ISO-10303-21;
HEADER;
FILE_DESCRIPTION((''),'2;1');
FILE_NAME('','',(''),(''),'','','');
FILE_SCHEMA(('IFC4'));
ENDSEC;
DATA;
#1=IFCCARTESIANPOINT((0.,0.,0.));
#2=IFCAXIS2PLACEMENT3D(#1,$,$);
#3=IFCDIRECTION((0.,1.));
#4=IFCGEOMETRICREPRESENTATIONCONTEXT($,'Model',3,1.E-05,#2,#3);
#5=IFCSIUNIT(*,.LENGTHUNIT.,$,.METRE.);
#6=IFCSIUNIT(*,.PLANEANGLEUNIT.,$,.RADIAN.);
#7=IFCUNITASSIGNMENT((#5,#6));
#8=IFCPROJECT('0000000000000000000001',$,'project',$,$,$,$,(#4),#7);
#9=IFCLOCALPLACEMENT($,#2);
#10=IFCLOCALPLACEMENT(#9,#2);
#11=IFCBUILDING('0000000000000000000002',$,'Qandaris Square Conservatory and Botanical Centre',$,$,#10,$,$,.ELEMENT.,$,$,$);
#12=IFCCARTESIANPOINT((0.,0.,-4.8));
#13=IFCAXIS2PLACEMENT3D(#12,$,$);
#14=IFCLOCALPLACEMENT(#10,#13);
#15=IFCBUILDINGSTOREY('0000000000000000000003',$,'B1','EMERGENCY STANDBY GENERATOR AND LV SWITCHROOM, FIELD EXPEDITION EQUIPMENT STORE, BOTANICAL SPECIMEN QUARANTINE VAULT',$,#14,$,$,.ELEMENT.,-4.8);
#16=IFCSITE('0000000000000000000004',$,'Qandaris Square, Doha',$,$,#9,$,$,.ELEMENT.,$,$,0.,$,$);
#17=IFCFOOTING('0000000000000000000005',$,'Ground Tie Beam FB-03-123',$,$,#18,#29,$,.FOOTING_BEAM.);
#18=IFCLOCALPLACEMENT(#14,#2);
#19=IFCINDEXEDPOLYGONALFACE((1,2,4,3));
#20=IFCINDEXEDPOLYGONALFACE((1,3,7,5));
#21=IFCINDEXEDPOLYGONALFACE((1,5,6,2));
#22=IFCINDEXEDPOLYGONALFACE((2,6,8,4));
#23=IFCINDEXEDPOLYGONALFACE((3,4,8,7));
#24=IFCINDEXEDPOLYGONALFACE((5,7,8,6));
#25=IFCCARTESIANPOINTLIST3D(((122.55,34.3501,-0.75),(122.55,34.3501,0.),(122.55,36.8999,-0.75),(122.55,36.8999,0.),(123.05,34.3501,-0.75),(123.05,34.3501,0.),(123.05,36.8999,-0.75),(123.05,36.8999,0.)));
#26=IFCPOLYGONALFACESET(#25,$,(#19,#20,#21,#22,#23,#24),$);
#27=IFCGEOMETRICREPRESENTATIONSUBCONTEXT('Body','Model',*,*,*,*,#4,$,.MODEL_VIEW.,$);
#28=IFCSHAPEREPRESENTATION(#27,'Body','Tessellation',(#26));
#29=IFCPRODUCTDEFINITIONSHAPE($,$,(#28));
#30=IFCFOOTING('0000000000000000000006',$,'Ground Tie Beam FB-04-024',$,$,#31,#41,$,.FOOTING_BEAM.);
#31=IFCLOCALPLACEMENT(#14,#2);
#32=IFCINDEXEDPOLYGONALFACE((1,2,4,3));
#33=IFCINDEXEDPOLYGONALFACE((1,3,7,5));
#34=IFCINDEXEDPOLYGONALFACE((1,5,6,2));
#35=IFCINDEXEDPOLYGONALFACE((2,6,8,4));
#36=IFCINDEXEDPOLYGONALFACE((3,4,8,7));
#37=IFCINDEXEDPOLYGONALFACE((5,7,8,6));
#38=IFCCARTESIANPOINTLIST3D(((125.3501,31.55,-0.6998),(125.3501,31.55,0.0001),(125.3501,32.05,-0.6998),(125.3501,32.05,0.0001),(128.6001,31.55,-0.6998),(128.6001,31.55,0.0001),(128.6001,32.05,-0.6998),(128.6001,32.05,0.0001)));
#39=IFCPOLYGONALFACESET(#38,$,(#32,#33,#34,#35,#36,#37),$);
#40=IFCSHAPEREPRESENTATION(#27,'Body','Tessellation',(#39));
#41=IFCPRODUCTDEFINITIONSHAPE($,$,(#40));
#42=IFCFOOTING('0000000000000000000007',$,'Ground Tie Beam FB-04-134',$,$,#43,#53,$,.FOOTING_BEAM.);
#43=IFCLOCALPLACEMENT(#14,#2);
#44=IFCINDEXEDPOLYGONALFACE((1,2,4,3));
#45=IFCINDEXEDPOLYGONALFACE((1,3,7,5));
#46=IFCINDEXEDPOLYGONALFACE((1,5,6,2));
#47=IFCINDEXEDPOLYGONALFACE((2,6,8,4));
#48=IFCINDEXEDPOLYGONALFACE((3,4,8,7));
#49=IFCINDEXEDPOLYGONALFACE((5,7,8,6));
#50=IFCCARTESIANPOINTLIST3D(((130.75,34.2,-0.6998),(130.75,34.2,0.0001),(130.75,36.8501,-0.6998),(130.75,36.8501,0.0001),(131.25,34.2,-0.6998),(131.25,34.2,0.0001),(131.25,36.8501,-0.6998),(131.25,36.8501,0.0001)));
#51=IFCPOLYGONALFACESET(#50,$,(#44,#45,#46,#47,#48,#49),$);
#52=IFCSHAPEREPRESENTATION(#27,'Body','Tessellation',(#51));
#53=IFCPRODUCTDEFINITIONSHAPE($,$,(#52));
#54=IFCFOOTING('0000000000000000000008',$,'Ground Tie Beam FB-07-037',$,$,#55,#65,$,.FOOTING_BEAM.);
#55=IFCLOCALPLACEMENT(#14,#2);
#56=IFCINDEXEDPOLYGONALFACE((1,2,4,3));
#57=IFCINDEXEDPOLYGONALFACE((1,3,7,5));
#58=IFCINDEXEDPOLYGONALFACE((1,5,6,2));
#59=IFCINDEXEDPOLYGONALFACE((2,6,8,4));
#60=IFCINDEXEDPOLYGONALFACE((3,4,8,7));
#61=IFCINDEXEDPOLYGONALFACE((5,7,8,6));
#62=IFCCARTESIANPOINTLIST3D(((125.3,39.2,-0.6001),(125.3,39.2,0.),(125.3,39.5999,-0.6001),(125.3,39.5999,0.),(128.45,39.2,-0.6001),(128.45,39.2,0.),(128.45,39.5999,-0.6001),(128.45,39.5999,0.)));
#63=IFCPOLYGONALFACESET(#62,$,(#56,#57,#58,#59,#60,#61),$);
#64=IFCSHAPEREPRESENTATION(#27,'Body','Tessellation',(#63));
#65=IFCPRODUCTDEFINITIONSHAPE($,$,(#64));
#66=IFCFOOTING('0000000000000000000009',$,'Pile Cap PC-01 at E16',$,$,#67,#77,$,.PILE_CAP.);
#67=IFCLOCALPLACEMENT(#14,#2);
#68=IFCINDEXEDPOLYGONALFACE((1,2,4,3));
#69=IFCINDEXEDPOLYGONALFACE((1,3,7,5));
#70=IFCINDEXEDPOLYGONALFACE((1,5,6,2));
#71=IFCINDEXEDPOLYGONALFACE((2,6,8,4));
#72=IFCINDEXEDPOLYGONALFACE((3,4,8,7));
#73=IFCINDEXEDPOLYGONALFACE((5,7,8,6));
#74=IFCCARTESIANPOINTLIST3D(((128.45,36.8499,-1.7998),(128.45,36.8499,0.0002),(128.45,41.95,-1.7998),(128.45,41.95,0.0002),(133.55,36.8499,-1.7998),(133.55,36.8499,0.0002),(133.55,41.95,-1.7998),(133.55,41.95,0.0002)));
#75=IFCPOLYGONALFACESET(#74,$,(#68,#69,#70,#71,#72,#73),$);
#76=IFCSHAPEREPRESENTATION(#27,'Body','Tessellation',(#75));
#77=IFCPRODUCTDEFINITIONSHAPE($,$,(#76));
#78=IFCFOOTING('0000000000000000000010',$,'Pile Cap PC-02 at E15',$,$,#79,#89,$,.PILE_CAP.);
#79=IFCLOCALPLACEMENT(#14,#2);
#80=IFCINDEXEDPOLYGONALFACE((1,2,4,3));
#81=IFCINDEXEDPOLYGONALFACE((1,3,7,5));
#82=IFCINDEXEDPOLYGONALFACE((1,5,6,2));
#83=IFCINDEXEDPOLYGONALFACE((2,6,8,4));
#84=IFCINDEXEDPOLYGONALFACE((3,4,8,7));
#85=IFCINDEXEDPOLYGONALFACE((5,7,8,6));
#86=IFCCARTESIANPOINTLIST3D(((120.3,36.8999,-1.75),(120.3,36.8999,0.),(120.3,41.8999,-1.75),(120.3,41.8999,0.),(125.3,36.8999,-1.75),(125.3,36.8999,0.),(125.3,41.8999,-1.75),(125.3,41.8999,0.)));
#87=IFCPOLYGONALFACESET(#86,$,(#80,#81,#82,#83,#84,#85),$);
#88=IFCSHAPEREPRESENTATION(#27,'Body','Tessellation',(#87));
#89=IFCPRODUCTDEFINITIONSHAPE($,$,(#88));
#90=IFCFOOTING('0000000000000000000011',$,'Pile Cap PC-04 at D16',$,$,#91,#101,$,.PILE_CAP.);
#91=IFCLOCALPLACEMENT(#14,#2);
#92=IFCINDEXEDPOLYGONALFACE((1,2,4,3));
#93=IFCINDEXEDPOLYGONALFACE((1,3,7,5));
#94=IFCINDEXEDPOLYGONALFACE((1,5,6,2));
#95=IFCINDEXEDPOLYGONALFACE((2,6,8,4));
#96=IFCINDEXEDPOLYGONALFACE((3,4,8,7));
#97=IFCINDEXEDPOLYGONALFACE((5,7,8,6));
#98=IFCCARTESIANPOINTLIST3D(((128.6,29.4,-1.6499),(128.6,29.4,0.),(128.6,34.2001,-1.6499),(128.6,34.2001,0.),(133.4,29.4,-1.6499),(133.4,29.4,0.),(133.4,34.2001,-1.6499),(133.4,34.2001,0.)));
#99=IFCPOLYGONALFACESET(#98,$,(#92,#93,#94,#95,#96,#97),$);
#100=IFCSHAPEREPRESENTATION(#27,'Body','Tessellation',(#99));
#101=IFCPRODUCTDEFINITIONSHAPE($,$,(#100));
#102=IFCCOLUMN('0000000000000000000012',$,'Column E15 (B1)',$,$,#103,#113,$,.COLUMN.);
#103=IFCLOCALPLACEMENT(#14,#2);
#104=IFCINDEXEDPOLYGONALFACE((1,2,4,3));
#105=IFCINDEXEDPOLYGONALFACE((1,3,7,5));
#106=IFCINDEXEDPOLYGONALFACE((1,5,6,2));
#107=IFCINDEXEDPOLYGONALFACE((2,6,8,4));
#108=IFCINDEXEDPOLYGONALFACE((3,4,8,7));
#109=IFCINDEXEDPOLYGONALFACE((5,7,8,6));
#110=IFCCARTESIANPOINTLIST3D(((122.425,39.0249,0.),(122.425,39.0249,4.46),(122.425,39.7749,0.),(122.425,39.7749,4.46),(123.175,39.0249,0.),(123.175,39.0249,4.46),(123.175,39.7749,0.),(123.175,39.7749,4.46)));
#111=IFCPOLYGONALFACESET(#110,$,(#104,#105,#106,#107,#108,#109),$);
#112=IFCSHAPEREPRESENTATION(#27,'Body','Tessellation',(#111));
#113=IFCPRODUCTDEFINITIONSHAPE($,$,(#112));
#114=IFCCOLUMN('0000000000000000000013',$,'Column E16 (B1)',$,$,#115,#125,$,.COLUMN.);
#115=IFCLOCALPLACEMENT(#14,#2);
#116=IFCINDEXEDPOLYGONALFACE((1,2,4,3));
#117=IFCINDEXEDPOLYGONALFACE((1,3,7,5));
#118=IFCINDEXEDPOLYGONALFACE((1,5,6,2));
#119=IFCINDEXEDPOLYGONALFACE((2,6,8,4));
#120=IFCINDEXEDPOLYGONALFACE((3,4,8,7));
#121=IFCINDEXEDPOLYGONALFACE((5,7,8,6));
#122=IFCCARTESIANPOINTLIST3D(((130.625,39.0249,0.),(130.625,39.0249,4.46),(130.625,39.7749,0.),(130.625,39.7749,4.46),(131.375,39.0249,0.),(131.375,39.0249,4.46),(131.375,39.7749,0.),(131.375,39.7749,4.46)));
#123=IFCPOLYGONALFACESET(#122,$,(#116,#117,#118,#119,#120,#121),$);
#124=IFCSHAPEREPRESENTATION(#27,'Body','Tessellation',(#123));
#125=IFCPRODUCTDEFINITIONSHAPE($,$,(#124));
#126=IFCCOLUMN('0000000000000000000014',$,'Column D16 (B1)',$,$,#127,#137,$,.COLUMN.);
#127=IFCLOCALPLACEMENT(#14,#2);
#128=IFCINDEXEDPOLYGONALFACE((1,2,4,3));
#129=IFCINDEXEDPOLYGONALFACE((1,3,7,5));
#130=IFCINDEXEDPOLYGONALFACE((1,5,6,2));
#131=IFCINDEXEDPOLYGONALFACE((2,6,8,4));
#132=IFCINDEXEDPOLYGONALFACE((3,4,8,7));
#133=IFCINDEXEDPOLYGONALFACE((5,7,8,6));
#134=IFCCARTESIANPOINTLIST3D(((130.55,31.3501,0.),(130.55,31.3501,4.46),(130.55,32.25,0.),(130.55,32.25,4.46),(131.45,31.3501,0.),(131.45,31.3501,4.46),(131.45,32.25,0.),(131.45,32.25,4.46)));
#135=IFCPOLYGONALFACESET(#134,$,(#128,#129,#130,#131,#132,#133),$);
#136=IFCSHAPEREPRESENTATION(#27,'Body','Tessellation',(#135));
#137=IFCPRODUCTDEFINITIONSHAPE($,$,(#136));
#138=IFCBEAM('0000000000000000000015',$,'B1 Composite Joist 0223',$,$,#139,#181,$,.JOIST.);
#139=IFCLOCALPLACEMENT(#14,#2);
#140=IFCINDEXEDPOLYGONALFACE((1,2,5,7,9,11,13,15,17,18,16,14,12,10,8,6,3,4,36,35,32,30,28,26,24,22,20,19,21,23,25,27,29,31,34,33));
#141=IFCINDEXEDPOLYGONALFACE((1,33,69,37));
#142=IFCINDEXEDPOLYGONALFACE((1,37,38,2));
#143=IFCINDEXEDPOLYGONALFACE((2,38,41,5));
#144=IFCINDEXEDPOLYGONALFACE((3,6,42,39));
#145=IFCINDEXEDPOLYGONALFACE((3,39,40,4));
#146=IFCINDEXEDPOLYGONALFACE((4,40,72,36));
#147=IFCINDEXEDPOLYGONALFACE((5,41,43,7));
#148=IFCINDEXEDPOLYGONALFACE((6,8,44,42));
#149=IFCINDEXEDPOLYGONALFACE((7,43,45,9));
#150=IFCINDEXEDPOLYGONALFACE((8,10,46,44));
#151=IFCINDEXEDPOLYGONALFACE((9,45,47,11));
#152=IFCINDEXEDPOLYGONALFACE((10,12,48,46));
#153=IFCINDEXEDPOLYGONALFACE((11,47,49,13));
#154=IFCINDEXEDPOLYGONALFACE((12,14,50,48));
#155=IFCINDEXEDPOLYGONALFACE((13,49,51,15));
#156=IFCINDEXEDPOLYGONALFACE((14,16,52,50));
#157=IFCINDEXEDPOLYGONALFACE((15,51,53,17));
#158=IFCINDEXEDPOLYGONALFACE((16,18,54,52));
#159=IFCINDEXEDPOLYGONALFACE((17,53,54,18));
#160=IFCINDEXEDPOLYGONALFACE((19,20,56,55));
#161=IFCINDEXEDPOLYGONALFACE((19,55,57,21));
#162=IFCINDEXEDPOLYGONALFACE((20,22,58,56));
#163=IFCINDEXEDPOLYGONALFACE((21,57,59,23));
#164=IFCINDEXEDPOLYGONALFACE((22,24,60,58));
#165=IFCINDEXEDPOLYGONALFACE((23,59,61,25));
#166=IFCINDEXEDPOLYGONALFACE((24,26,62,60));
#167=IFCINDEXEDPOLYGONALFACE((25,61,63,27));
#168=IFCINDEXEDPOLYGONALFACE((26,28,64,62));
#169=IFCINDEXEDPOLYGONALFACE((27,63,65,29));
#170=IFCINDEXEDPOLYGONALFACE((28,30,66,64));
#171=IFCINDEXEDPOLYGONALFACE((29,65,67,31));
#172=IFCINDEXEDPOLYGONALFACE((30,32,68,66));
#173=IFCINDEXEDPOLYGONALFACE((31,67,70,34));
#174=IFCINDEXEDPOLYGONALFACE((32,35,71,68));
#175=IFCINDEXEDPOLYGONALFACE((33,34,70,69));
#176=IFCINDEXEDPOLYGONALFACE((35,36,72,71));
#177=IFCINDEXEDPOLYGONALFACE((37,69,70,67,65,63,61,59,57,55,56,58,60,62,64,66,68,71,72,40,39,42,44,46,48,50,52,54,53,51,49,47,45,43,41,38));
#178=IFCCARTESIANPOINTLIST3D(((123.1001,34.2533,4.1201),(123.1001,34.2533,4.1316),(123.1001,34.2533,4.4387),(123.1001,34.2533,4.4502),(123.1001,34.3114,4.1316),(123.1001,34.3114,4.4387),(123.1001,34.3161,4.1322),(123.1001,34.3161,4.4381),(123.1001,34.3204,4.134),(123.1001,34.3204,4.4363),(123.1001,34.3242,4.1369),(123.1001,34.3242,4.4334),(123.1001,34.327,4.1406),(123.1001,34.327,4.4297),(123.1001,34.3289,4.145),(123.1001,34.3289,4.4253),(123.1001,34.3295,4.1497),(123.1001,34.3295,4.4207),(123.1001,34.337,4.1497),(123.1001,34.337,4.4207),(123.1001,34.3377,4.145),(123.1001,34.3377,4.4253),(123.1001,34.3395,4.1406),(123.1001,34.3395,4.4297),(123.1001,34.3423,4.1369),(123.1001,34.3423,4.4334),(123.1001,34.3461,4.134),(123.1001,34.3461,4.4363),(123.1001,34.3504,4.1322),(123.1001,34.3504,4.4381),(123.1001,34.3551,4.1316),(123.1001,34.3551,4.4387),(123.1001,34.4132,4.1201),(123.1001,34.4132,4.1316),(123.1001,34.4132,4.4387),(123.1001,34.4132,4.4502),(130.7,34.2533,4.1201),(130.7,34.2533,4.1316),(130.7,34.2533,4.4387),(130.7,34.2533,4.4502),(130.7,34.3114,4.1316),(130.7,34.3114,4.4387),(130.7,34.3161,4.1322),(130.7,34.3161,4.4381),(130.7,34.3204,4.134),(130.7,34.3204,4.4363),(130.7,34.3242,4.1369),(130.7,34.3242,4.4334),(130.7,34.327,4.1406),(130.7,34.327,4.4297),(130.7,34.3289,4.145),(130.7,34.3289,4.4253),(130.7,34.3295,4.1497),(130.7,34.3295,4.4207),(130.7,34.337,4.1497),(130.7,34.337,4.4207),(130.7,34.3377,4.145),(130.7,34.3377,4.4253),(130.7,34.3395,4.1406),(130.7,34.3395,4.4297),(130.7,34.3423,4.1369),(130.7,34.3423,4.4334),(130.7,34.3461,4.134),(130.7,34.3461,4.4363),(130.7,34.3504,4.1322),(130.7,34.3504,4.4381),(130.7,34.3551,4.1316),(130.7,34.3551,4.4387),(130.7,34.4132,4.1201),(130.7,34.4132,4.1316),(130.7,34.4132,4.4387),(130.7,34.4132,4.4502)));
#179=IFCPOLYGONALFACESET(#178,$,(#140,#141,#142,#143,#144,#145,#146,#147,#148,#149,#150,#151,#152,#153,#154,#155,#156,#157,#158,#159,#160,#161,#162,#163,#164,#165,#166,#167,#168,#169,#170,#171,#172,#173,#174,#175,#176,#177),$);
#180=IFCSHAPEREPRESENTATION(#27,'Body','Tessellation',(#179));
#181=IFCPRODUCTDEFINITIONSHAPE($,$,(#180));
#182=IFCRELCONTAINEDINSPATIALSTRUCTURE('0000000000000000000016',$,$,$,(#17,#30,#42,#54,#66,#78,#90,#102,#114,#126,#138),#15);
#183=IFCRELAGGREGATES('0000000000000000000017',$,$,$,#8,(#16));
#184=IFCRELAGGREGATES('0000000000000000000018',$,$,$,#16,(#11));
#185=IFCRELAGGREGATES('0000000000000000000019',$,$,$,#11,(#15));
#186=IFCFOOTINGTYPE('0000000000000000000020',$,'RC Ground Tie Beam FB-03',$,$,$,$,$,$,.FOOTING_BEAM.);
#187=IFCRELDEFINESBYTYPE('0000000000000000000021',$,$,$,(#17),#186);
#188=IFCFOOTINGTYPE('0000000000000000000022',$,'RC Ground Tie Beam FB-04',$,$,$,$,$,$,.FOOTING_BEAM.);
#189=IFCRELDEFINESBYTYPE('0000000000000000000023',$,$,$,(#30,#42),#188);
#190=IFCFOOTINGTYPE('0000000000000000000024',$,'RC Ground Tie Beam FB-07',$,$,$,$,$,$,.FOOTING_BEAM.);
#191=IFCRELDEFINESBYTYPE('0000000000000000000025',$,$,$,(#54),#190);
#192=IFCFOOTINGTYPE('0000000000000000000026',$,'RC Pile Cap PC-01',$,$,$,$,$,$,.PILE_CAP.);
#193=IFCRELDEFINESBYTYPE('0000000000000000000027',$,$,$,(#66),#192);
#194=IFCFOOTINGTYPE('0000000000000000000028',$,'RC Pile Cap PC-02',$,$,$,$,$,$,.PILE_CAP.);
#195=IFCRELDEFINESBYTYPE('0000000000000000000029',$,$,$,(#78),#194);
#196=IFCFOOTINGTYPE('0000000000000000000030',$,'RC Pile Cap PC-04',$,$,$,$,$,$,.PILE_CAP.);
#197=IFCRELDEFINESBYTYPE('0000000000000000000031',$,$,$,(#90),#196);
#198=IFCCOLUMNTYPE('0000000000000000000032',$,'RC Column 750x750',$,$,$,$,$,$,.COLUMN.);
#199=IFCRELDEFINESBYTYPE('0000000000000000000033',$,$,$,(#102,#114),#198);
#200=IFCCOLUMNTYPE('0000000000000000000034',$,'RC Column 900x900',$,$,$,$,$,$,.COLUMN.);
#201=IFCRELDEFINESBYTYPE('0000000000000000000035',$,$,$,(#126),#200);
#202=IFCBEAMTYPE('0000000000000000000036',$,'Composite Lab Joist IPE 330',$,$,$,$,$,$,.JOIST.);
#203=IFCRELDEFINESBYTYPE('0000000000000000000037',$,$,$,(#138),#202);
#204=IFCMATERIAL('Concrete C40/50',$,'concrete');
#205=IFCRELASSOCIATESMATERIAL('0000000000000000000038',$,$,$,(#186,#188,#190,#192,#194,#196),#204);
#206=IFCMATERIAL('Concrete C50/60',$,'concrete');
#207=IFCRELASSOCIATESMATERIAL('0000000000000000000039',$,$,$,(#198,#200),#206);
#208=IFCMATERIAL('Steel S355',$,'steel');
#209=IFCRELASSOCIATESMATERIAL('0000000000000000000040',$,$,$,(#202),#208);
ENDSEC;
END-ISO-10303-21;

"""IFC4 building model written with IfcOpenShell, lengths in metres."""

from ifc_helpers import new_model, si_unit, direction, frame, origin, origin_2d, place, context, subcontext, project, spatial, rectangle, i_section, extrude, material, material_profile, profile_set, type_object, element, save


model = new_model("IFC4")

# Units and contexts
model_context = context("Model", 3, precision=1e-05, world=origin(), true_north=direction((0.0, 1.0)))
body_context = subcontext(model_context, "Body", "Model", "MODEL_VIEW")
ifc_project = project(units=[si_unit("LENGTHUNIT", "METRE"), si_unit("PLANEANGLEUNIT", "RADIAN")], contexts=[model_context])

# Site, building, storey
site_placement = place(None, origin())
site = spatial("IfcSite", under=ifc_project, at=site_placement, Name="Qandaris Square, Doha", CompositionType="ELEMENT", RefElevation=0.0)
building_placement = place(site_placement, origin())
building = spatial("IfcBuilding", under=site, at=building_placement, Name="Qandaris Square Conservatory and Botanical Centre", CompositionType="ELEMENT")
storey_placement = place(building_placement, frame((0.0, 0.0, -4.8)))
storey = spatial("IfcBuildingStorey", under=building, at=storey_placement, Name="B1", Description="EMERGENCY STANDBY GENERATOR AND LV SWITCHROOM, FIELD EXPEDITION EQUIPMENT STORE, BOTANICAL SPECIMEN QUARANTINE VAULT", CompositionType="ELEMENT", Elevation=-4.8)

# Shared definitions
ifc_material_1 = material(Name="Concrete C50/60", Category="concrete")

# Footings
ifc_material_2 = material(Name="Concrete C40/50", Category="concrete")
ifc_material_profile_1 = material_profile(ifc_material_2, rectangle(XDim=0.5, YDim=0.75, at=origin_2d()), Name="FB 500x750")
ifc_profile_set_1 = profile_set([ifc_material_profile_1], Name="Concrete C40/50")
footing_type_1 = type_object("IfcFootingType", Name="RC Ground Tie Beam FB-03", PredefinedType="FOOTING_BEAM", material=ifc_profile_set_1)
footing_1_placement = place(storey_placement, frame((122.8, 34.3501, -0.375), z_axis=(0.0, 1.0, 0.0), x_axis=(-1.0, 0.0, 0.0)))
element("IfcFooting", 1, at=footing_1_placement, inside=storey, type_object=footing_type_1, Name="Ground Tie Beam FB-03-123", PredefinedType="FOOTING_BEAM", context=body_context, shape_type="SweptSolid", body=[
    extrude(rectangle(XDim=0.5, YDim=0.75, at=origin_2d()), origin(), (0.0, 0.0, 1.0), 2.5498),
])
ifc_material_profile_2 = material_profile(ifc_material_2, rectangle(XDim=0.5, YDim=0.7, at=origin_2d()), Name="FB 500x700")
ifc_profile_set_2 = profile_set([ifc_material_profile_2], Name="Concrete C40/50")
footing_type_2 = type_object("IfcFootingType", Name="RC Ground Tie Beam FB-04", PredefinedType="FOOTING_BEAM", material=ifc_profile_set_2)
footing_2_placement = place(storey_placement, frame((125.3501, 31.8, -0.3499), z_axis=(1.0, 0.0, 0.0), x_axis=(0.0, 1.0, 0.0)))
element("IfcFooting", 2, at=footing_2_placement, inside=storey, type_object=footing_type_2, Name="Ground Tie Beam FB-04-024", PredefinedType="FOOTING_BEAM", context=body_context, shape_type="SweptSolid", body=[
    extrude(rectangle(XDim=0.5, YDim=0.7, at=origin_2d()), origin(), (0.0, 0.0, 1.0), 3.25),
])
footing_3_placement = place(storey_placement, frame((131.0, 34.2, -0.3499), z_axis=(0.0, 1.0, 0.0), x_axis=(-1.0, 0.0, 0.0)))
element("IfcFooting", 3, at=footing_3_placement, inside=storey, type_object=footing_type_2, Name="Ground Tie Beam FB-04-134", PredefinedType="FOOTING_BEAM", context=body_context, shape_type="SweptSolid", body=[
    extrude(rectangle(XDim=0.5, YDim=0.7, at=origin_2d()), origin(), (0.0, 0.0, 1.0), 2.6501),
])
ifc_material_profile_3 = material_profile(ifc_material_2, rectangle(XDim=0.3999, YDim=0.6001, at=origin_2d()), Name="FB 400x600")
ifc_profile_set_3 = profile_set([ifc_material_profile_3], Name="Concrete C40/50")
footing_type_3 = type_object("IfcFootingType", Name="RC Ground Tie Beam FB-07", PredefinedType="FOOTING_BEAM", material=ifc_profile_set_3)
footing_4_placement = place(storey_placement, frame((125.3, 39.3999, -0.3), z_axis=(1.0, 0.0, 0.0), x_axis=(0.0, 1.0, 0.0)))
element("IfcFooting", 4, at=footing_4_placement, inside=storey, type_object=footing_type_3, Name="Ground Tie Beam FB-07-037", PredefinedType="FOOTING_BEAM", context=body_context, shape_type="SweptSolid", body=[
    extrude(rectangle(XDim=0.3999, YDim=0.6001, at=origin_2d()), origin(), (0.0, 0.0, 1.0), 3.1499),
])
footing_type_4 = type_object("IfcFootingType", Name="RC Pile Cap PC-01", PredefinedType="PILE_CAP", material=ifc_material_2)
footing_5_placement = place(storey_placement, frame((131.0, 39.3999, -1.7998), z_axis=(0.0, 0.0, 1.0), x_axis=(1.0, 0.0, 0.0)))
element("IfcFooting", 5, at=footing_5_placement, inside=storey, type_object=footing_type_4, Name="Pile Cap PC-01 at E16", PredefinedType="PILE_CAP", context=body_context, shape_type="SweptSolid", body=[
    extrude(rectangle(XDim=5.1001, YDim=5.1001, at=origin_2d()), origin(), (0.0, 0.0, 1.0), 1.8),
])
footing_type_5 = type_object("IfcFootingType", Name="RC Pile Cap PC-02", PredefinedType="PILE_CAP", material=ifc_material_2)
footing_6_placement = place(storey_placement, frame((122.8, 39.3999, -1.75), z_axis=(0.0, 0.0, 1.0), x_axis=(1.0, 0.0, 0.0)))
element("IfcFooting", 6, at=footing_6_placement, inside=storey, type_object=footing_type_5, Name="Pile Cap PC-02 at E15", PredefinedType="PILE_CAP", context=body_context, shape_type="SweptSolid", body=[
    extrude(rectangle(XDim=5.0, YDim=5.0, at=origin_2d()), origin(), (0.0, 0.0, 1.0), 1.75),
])
footing_type_6 = type_object("IfcFootingType", Name="RC Pile Cap PC-04", PredefinedType="PILE_CAP", material=ifc_material_2)
footing_7_placement = place(storey_placement, frame((131.0, 31.8, -1.6499), z_axis=(0.0, 0.0, 1.0), x_axis=(1.0, 0.0, 0.0)))
element("IfcFooting", 7, at=footing_7_placement, inside=storey, type_object=footing_type_6, Name="Pile Cap PC-04 at D16", PredefinedType="PILE_CAP", context=body_context, shape_type="SweptSolid", body=[
    extrude(rectangle(XDim=4.8, YDim=4.8, at=origin_2d()), origin(), (0.0, 0.0, 1.0), 1.6499),
])

# Columns
ifc_material_profile_4 = material_profile(ifc_material_1, rectangle(XDim=0.75, YDim=0.75, at=origin_2d()), Name="RC-COL 750x750")
ifc_profile_set_4 = profile_set([ifc_material_profile_4], Name="Concrete C50/60")
column_type_1 = type_object("IfcColumnType", Name="RC Column 750x750", PredefinedType="COLUMN", material=ifc_profile_set_4)
for number, where, z_axis, x_axis, name in (
    (8, (122.8, 39.3999, 0.0), (0.0, 0.0, 1.0), (1.0, 0.0, 0.0), "Column E15 (B1)"),
    (9, (131.0, 39.3999, 0.0), (0.0, 0.0, 1.0), (1.0, 0.0, 0.0), "Column E16 (B1)"),
):
    element("IfcColumn", number, at=place(storey_placement, frame(where, z_axis=z_axis, x_axis=x_axis)), inside=storey, type_object=column_type_1, Name=name, PredefinedType="COLUMN", context=body_context, shape_type="SweptSolid", body=[
        extrude(rectangle(XDim=0.75, YDim=0.75, at=origin_2d()), origin(), (0.0, 0.0, 1.0), 4.46),
    ])
ifc_material_profile_5 = material_profile(ifc_material_1, rectangle(XDim=0.8999, YDim=0.8999, at=origin_2d()), Name="RC-COL 900x900")
ifc_profile_set_5 = profile_set([ifc_material_profile_5], Name="Concrete C50/60")
column_type_2 = type_object("IfcColumnType", Name="RC Column 900x900", PredefinedType="COLUMN", material=ifc_profile_set_5)
column_placement = place(storey_placement, frame((131.0, 31.8, 0.0), z_axis=(0.0, 0.0, 1.0), x_axis=(1.0, 0.0, 0.0)))
element("IfcColumn", 10, at=column_placement, inside=storey, type_object=column_type_2, Name="Column D16 (B1)", PredefinedType="COLUMN", context=body_context, shape_type="SweptSolid", body=[
    extrude(rectangle(XDim=0.8999, YDim=0.8999, at=origin_2d()), origin(), (0.0, 0.0, 1.0), 4.46),
])

# Beam
ifc_material_3 = material(Name="Steel S355", Category="steel")
ifc_material_profile_6 = material_profile(ifc_material_3, i_section(OverallWidth=0.1599, OverallDepth=0.3301, WebThickness=0.0076, FlangeThickness=0.0115, FilletRadius=0.0181, at=origin_2d()), Name="IPE 330")
ifc_profile_set_6 = profile_set([ifc_material_profile_6], Name="Steel S355")
beam_type_1 = type_object("IfcBeamType", Name="Composite Lab Joist IPE 330", PredefinedType="JOIST", material=ifc_profile_set_6)
beam_1_placement = place(storey_placement, frame((123.1001, 34.3333, 4.2852), z_axis=(1.0, 0.0, 0.0), x_axis=(0.0, 1.0, 0.0)))
element("IfcBeam", 11, at=beam_1_placement, inside=storey, type_object=beam_type_1, Name="B1 Composite Joist 0223", PredefinedType="JOIST", context=body_context, shape_type="SweptSolid", body=[
    extrude(i_section(OverallWidth=0.1599, OverallDepth=0.3301, WebThickness=0.0076, FlangeThickness=0.0115, FilletRadius=0.0181, at=origin_2d()), origin(), (0.0, 0.0, 1.0), 7.5999),
])

save(model, "model.ifc")
